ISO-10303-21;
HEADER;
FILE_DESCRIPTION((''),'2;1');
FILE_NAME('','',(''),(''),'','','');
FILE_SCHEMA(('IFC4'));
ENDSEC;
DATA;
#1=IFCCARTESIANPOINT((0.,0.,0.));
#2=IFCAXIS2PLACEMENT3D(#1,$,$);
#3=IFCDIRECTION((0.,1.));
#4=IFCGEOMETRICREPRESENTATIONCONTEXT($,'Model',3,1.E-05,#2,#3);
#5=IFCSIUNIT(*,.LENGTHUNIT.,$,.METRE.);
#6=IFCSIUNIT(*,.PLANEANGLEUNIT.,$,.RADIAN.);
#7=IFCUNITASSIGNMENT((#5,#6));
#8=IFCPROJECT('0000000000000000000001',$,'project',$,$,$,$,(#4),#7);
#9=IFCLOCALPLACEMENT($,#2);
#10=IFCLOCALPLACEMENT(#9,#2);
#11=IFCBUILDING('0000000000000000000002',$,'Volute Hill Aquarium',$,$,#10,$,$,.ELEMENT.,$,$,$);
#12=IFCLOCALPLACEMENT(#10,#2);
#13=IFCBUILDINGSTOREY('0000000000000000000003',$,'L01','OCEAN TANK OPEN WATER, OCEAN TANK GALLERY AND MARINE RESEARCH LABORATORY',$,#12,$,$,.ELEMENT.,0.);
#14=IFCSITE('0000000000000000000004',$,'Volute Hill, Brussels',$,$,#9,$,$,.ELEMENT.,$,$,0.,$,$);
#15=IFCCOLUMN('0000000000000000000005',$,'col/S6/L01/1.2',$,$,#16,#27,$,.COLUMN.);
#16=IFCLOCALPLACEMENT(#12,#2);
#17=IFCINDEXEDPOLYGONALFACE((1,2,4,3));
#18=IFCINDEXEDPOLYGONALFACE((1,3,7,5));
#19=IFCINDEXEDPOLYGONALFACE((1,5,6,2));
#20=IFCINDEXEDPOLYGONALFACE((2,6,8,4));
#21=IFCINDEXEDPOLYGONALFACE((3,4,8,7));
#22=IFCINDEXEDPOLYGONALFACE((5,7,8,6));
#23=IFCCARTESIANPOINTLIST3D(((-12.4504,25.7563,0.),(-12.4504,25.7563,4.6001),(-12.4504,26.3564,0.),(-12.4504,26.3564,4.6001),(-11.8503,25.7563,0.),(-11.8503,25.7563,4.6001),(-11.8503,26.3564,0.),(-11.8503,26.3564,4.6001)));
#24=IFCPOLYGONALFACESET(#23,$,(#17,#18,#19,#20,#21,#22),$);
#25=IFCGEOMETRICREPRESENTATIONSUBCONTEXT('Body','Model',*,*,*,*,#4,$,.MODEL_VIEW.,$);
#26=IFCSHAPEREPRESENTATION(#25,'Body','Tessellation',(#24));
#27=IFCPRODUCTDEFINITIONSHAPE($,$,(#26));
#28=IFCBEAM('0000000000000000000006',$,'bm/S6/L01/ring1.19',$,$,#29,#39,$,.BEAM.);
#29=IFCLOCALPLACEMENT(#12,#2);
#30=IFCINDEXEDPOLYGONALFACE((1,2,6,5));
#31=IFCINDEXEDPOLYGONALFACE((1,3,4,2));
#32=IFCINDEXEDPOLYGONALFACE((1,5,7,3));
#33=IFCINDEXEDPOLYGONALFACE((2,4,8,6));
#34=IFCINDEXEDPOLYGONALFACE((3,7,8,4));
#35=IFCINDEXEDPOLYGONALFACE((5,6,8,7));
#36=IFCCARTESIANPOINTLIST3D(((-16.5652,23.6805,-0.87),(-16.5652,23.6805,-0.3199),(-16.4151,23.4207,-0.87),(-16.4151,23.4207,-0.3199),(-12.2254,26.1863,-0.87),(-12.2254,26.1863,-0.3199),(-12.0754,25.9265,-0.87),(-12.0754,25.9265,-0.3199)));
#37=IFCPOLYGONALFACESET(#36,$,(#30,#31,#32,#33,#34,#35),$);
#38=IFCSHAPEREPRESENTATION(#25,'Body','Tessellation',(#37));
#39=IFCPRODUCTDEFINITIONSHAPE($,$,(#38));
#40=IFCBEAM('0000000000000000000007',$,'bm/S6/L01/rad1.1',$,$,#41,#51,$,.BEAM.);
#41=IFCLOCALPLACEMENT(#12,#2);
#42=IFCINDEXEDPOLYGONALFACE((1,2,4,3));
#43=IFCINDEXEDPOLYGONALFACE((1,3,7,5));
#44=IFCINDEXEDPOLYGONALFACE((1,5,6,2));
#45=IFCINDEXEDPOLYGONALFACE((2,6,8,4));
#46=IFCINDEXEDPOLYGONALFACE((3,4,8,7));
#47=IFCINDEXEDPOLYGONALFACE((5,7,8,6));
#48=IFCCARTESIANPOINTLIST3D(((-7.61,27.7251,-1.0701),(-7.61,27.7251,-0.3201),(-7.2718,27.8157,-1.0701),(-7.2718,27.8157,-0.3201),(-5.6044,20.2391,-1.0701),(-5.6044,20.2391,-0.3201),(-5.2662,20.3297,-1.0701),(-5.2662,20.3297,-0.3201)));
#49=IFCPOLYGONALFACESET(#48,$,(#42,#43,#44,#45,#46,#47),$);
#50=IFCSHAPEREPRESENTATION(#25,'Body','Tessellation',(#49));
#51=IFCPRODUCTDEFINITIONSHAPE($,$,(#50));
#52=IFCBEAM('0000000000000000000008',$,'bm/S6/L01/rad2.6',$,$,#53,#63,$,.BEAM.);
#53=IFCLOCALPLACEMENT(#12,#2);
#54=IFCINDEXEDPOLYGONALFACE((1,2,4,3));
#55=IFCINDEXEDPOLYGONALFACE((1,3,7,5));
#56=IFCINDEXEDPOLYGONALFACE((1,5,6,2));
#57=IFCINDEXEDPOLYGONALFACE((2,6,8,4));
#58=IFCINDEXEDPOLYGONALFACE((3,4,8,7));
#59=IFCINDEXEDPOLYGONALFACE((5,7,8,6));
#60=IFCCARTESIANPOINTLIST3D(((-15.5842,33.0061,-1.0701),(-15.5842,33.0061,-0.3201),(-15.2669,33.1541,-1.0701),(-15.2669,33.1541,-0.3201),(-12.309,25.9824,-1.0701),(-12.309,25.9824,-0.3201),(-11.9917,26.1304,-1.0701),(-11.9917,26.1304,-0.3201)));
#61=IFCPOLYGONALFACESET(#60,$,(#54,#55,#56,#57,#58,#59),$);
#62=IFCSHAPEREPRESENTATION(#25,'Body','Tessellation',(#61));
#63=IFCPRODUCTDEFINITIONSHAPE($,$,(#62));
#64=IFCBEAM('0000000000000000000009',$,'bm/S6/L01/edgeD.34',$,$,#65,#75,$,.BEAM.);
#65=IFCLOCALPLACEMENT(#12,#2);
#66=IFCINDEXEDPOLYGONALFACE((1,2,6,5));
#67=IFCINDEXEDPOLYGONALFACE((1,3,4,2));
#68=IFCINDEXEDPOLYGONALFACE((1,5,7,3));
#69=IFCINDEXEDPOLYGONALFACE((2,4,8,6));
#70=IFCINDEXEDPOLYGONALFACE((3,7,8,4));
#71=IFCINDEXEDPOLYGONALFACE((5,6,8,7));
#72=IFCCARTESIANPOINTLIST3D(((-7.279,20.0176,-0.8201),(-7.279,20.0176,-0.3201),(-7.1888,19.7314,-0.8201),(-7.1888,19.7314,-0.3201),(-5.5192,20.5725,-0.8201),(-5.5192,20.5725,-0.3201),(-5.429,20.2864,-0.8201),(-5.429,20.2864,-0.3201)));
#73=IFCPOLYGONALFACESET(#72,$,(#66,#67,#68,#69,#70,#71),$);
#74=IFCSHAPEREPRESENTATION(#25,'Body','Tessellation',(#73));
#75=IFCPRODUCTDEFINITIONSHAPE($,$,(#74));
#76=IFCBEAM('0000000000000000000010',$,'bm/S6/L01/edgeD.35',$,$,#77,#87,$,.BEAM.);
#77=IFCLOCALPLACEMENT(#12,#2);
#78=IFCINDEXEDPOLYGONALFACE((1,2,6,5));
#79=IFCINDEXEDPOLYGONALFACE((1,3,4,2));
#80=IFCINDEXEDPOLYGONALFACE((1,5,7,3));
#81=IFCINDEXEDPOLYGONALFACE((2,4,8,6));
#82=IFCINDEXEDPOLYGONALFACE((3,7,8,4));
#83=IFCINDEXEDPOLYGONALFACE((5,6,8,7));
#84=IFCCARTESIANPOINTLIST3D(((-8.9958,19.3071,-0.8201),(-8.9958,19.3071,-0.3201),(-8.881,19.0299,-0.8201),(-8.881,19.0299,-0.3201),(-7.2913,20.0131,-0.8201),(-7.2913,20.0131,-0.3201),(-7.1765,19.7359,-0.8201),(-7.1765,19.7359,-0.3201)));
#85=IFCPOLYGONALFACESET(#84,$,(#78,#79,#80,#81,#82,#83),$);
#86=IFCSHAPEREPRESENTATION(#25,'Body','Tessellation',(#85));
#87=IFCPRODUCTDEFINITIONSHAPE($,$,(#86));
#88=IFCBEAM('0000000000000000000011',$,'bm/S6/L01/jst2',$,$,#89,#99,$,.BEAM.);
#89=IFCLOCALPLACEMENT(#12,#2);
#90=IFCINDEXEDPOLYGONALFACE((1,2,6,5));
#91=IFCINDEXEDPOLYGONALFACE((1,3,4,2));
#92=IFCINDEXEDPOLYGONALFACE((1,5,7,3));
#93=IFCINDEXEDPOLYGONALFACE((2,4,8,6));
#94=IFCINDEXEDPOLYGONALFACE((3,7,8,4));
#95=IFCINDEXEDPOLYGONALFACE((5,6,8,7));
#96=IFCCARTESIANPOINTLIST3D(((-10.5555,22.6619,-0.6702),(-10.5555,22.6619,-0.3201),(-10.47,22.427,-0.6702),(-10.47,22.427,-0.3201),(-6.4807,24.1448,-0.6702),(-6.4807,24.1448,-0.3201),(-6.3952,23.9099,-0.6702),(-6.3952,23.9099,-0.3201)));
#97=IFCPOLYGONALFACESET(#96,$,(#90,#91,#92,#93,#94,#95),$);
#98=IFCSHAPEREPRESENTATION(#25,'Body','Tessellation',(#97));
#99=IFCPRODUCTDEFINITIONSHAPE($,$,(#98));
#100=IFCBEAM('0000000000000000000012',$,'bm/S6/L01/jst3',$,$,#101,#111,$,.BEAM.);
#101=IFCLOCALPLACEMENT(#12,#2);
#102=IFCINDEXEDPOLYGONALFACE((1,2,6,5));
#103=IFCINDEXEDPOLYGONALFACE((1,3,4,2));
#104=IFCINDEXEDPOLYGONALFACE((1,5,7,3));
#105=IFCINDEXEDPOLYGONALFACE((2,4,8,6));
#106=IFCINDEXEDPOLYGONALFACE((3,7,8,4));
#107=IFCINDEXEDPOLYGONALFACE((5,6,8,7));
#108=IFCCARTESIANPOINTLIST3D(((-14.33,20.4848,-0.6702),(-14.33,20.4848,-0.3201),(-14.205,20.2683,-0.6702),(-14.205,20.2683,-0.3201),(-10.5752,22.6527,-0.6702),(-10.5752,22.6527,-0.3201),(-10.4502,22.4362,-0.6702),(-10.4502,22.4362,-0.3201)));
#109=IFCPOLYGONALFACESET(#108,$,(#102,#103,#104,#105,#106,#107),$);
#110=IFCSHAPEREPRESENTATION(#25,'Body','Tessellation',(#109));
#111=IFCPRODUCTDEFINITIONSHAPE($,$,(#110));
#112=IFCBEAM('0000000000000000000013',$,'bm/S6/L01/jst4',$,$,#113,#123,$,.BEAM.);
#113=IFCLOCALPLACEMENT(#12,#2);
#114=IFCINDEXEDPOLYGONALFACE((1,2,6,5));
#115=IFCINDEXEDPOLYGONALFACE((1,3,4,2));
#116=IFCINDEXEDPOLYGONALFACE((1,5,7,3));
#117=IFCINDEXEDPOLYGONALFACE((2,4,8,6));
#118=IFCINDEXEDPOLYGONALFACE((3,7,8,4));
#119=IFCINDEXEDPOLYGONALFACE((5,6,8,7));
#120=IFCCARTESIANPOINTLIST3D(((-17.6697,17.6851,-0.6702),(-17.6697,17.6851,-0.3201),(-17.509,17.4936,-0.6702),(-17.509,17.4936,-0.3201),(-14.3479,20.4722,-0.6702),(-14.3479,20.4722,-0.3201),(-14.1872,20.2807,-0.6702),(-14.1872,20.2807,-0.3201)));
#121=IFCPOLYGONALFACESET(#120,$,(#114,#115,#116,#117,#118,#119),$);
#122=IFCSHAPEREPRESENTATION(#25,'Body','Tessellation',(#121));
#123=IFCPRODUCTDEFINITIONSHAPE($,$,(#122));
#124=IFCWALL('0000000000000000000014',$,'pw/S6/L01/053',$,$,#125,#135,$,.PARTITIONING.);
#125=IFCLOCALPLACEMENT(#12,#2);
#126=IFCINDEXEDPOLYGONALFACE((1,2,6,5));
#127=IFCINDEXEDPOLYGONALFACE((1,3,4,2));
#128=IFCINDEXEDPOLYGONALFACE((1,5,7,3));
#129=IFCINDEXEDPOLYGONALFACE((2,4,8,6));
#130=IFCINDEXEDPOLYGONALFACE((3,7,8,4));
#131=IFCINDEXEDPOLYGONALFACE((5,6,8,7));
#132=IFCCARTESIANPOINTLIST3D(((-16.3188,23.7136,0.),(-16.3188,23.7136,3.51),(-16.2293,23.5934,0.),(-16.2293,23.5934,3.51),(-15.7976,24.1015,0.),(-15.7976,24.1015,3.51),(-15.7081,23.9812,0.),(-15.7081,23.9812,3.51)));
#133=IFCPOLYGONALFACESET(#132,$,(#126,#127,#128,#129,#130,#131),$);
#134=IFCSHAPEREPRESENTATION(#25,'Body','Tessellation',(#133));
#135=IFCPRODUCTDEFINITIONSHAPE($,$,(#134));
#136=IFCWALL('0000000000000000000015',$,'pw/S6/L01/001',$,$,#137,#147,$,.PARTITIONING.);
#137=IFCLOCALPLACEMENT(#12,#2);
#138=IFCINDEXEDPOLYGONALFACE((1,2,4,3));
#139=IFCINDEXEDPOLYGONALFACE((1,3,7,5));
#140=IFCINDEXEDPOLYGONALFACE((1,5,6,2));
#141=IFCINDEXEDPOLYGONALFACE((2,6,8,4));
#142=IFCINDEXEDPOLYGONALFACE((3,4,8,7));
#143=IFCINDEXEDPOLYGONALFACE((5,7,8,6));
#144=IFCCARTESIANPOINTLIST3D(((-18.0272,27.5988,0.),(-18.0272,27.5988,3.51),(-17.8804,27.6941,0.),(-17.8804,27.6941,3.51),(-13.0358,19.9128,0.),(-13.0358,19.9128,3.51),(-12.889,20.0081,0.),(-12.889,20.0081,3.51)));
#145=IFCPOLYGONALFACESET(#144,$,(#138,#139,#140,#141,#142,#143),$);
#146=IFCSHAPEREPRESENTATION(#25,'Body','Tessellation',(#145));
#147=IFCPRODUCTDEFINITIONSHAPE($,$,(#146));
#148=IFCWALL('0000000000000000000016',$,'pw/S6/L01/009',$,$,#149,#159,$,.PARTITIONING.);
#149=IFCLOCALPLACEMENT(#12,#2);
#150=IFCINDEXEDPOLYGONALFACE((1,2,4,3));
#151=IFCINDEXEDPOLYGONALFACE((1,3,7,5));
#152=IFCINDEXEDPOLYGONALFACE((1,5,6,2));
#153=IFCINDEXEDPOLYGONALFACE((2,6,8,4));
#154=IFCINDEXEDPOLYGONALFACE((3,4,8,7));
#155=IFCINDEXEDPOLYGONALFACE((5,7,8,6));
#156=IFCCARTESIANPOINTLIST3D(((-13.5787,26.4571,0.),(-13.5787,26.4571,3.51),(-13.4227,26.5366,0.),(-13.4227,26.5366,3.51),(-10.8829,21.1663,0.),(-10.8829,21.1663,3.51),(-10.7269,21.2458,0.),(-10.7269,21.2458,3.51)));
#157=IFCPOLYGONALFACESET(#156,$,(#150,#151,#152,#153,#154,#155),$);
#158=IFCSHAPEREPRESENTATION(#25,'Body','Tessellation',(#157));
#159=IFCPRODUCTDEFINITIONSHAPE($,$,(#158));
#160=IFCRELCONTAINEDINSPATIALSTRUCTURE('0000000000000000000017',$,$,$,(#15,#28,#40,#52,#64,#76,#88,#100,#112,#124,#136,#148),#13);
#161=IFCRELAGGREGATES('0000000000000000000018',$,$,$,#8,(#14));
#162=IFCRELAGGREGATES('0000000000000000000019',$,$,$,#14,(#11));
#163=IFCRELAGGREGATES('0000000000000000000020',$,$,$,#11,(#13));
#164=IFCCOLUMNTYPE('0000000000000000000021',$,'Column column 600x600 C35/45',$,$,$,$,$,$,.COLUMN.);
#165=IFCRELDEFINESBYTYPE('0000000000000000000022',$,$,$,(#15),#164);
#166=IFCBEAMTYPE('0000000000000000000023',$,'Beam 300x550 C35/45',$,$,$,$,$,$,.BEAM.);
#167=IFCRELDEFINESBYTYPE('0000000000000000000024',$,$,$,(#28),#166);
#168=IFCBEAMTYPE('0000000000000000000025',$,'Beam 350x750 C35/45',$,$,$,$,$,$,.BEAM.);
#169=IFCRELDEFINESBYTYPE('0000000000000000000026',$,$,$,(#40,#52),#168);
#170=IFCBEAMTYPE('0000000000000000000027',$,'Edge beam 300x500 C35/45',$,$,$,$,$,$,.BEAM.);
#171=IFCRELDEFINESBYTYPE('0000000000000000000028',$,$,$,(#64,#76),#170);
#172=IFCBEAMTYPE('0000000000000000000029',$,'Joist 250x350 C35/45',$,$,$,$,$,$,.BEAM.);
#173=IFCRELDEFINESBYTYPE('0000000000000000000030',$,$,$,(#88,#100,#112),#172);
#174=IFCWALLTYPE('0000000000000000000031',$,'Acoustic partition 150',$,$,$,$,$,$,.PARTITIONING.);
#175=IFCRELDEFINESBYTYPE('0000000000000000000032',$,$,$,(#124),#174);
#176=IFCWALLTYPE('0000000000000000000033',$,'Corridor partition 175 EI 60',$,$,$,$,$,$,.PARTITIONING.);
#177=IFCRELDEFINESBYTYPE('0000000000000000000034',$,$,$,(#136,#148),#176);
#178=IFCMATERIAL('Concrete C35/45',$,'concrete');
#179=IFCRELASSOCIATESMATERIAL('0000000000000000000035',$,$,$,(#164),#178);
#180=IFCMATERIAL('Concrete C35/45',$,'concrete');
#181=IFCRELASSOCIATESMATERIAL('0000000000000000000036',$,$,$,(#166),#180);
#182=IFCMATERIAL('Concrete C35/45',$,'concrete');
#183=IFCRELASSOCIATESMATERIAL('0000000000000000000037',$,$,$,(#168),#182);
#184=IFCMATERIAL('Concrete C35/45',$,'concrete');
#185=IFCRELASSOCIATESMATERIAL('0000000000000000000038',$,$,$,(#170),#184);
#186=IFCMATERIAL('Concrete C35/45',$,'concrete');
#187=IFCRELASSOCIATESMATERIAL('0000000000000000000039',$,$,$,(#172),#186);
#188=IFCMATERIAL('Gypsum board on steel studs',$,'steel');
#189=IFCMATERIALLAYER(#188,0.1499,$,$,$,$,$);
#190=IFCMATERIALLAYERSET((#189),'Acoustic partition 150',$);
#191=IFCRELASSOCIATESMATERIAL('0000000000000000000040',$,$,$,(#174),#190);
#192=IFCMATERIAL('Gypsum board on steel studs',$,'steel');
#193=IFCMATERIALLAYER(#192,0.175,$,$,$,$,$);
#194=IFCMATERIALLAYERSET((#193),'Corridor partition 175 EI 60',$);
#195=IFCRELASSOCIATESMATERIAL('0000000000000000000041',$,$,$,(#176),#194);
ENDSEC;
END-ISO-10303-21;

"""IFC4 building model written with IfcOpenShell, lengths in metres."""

from ifc_helpers import new_model, si_unit, direction, frame, frame_2d, origin, origin_2d, place, context, subcontext, project, spatial, rectangle, extrude, material, layer, layer_set, material_profile, profile_set, type_object, element, save


model = new_model("IFC4")

# Units and contexts
model_context = context("Model", 3, precision=1e-05, world=origin(), true_north=direction((0.0, 1.0)))
body_context = subcontext(model_context, "Body", "Model", "MODEL_VIEW")
ifc_project = project(units=[si_unit("LENGTHUNIT", "METRE"), si_unit("PLANEANGLEUNIT", "RADIAN")], contexts=[model_context])

# Site, building, storey
site_placement = place(None, origin())
site = spatial("IfcSite", under=ifc_project, at=site_placement, Name="Volute Hill, Brussels", CompositionType="ELEMENT", RefElevation=0.0)
building_placement = place(site_placement, origin())
building = spatial("IfcBuilding", under=site, at=building_placement, Name="Volute Hill Aquarium", CompositionType="ELEMENT")
storey_placement = place(building_placement, origin())
storey = spatial("IfcBuildingStorey", under=building, at=storey_placement, Name="L01", Description="OCEAN TANK OPEN WATER, OCEAN TANK GALLERY AND MARINE RESEARCH LABORATORY", CompositionType="ELEMENT", Elevation=0.0)

# Column
ifc_material_1 = material(Name="Concrete C35/45", Category="concrete")
ifc_material_profile_1 = material_profile(ifc_material_1, rectangle(XDim=0.6001, YDim=0.6001, at=origin_2d()), Name="RC column 600x600")
ifc_profile_set_1 = profile_set([ifc_material_profile_1], Name="Concrete C35/45")
column_type = type_object("IfcColumnType", Name="Column column 600x600 C35/45", PredefinedType="COLUMN", material=ifc_profile_set_1)
column_placement = place(storey_placement, frame((-12.1504, 26.0564, 0.0), z_axis=(0.0, 0.0, 1.0), x_axis=(1.0, 0.0, 0.0)))
element("IfcColumn", 1, at=column_placement, inside=storey, type_object=column_type, Name="col/S6/L01/1.2", PredefinedType="COLUMN", context=body_context, shape_type="SweptSolid", body=[
    extrude(rectangle(XDim=0.6001, YDim=0.6001, at=origin_2d()), origin(), (0.0, 0.0, 1.0), 4.6001),
])

# Beams
ifc_material_2 = material(Name="Concrete C35/45", Category="concrete")
ifc_material_profile_2 = material_profile(ifc_material_2, rectangle(XDim=0.3, YDim=0.55, at=origin_2d()), Name="RC beam 300x550")
ifc_profile_set_2 = profile_set([ifc_material_profile_2], Name="Concrete C35/45")
beam_type_1 = type_object("IfcBeamType", Name="Beam 300x550 C35/45", PredefinedType="BEAM", material=ifc_profile_set_2)
beam_1_placement = place(storey_placement, frame((-12.1504, 26.0564, -0.595), z_axis=(-0.866004, -0.500037, 0.0), x_axis=(0.500037, -0.866004, 0.0)))
element("IfcBeam", 2, at=beam_1_placement, inside=storey, type_object=beam_type_1, Name="bm/S6/L01/ring1.19", PredefinedType="BEAM", context=body_context, shape_type="SweptSolid", body=[
    extrude(rectangle(XDim=0.3, YDim=0.55, at=origin_2d()), origin(), (0.0, 0.0, 1.0), 5.0112),
])
ifc_material_3 = material(Name="Concrete C35/45", Category="concrete")
ifc_material_profile_3 = material_profile(ifc_material_3, rectangle(XDim=0.3501, YDim=0.75, at=origin_2d()), Name="RC beam 350x750")
ifc_profile_set_3 = profile_set([ifc_material_profile_3], Name="Concrete C35/45")
beam_type_2 = type_object("IfcBeamType", Name="Beam 350x750 C35/45", PredefinedType="BEAM", material=ifc_profile_set_3)
beam_2_placement = place(storey_placement, frame((-5.4353, 20.2844, -0.6951), z_axis=(-0.258786, 0.965935, 0.0), x_axis=(-0.965935, -0.258786, 0.0)))
element("IfcBeam", 3, at=beam_2_placement, inside=storey, type_object=beam_type_2, Name="bm/S6/L01/rad1.1", PredefinedType="BEAM", context=body_context, shape_type="SweptSolid", body=[
    extrude(rectangle(XDim=0.3501, YDim=0.75, at=origin_2d()), origin(), (0.0, 0.0, 1.0), 7.75),
])
beam_3_placement = place(storey_placement, frame((-12.1504, 26.0564, -0.6951), z_axis=(-0.422613, 0.90631, 0.0), x_axis=(-0.90631, -0.422613, 0.0)))
element("IfcBeam", 4, at=beam_3_placement, inside=storey, type_object=beam_type_2, Name="bm/S6/L01/rad2.6", PredefinedType="BEAM", context=body_context, shape_type="SweptSolid", body=[
    extrude(rectangle(XDim=0.3501, YDim=0.75, at=origin_2d()), origin(), (0.0, 0.0, 1.0), 7.7498),
])
ifc_material_4 = material(Name="Concrete C35/45", Category="concrete")
ifc_material_profile_4 = material_profile(ifc_material_4, rectangle(XDim=0.3, YDim=0.5, at=origin_2d()), Name="RC edge beam 300x500")
ifc_profile_set_4 = profile_set([ifc_material_profile_4], Name="Concrete C35/45")
beam_type_3 = type_object("IfcBeamType", Name="Edge beam 300x500 C35/45", PredefinedType="BEAM", material=ifc_profile_set_4)
beam_4_placement = place(storey_placement, frame((-5.4741, 20.4294, -0.5701), z_axis=(-0.953705, -0.300745, 0.0), x_axis=(0.300745, -0.953705, 0.0)))
element("IfcBeam", 5, at=beam_4_placement, inside=storey, type_object=beam_type_3, Name="bm/S6/L01/edgeD.34", PredefinedType="BEAM", context=body_context, shape_type="SweptSolid", body=[
    extrude(rectangle(XDim=0.3, YDim=0.5, at=origin_2d()), origin(), (0.0, 0.0, 1.0), 1.8452),
])
beam_5_placement = place(storey_placement, frame((-7.2339, 19.8745, -0.5701), z_axis=(-0.923881, -0.382679, 0.0), x_axis=(0.382679, -0.923881, 0.0)))
element("IfcBeam", 6, at=beam_5_placement, inside=storey, type_object=beam_type_3, Name="bm/S6/L01/edgeD.35", PredefinedType="BEAM", context=body_context, shape_type="SweptSolid", body=[
    extrude(rectangle(XDim=0.3, YDim=0.5, at=origin_2d()), origin(), (0.0, 0.0, 1.0), 1.845),
])
ifc_material_5 = material(Name="Concrete C35/45", Category="concrete")
ifc_material_profile_5 = material_profile(ifc_material_5, rectangle(XDim=0.25, YDim=0.3501, at=origin_2d()), Name="RC joist 250x350")
ifc_profile_set_5 = profile_set([ifc_material_profile_5], Name="Concrete C35/45")
beam_type_4 = type_object("IfcBeamType", Name="Joist 250x350 C35/45", PredefinedType="BEAM", material=ifc_profile_set_5)
beam_6_placement = place(storey_placement, frame((-6.438, 24.0273, -0.4951), z_axis=(-0.939705, -0.341987, 0.0), x_axis=(0.341987, -0.939705, 0.0)))
element("IfcBeam", 7, at=beam_6_placement, inside=storey, type_object=beam_type_4, Name="bm/S6/L01/jst2", PredefinedType="BEAM", context=body_context, shape_type="SweptSolid", body=[
    extrude(rectangle(XDim=0.25, YDim=0.3501, at=origin_2d()), origin(), (0.0, 0.0, 1.0), 4.3362),
])
beam_7_placement = place(storey_placement, frame((-10.5127, 22.5444, -0.4951), z_axis=(-0.866017, -0.500015, 0.0), x_axis=(0.500015, -0.866017, 0.0)))
element("IfcBeam", 8, at=beam_7_placement, inside=storey, type_object=beam_type_4, Name="bm/S6/L01/jst3", PredefinedType="BEAM", context=body_context, shape_type="SweptSolid", body=[
    extrude(rectangle(XDim=0.25, YDim=0.3501, at=origin_2d()), origin(), (0.0, 0.0, 1.0), 4.3357),
])
beam_8_placement = place(storey_placement, frame((-14.2676, 20.3765, -0.4951), z_axis=(-0.766066, -0.642762, 0.0), x_axis=(0.642762, -0.766066, 0.0)))
element("IfcBeam", 9, at=beam_8_placement, inside=storey, type_object=beam_type_4, Name="bm/S6/L01/jst4", PredefinedType="BEAM", context=body_context, shape_type="SweptSolid", body=[
    extrude(rectangle(XDim=0.25, YDim=0.3501, at=origin_2d()), origin(), (0.0, 0.0, 1.0), 4.3362),
])

# Walls
ifc_material_6 = material(Name="Gypsum board on steel studs", Category="steel")
ifc_layer_1 = layer(ifc_material_6, 0.1499)
ifc_layer_set_1 = layer_set([ifc_layer_1], Name="Acoustic partition 150")
wall_type_1 = type_object("IfcWallType", Name="Acoustic partition 150", PredefinedType="PARTITIONING", material=ifc_layer_set_1)
wall_1_placement = place(storey_placement, frame((-16.2739, 23.6536, 0.0), z_axis=(0.0, 0.0, 1.0), x_axis=(0.802204, 0.59705, 0.0)))
element("IfcWall", 10, at=wall_1_placement, inside=storey, type_object=wall_type_1, Name="pw/S6/L01/053", PredefinedType="PARTITIONING", context=body_context, shape_type="SweptSolid", body=[
    extrude(rectangle(XDim=0.6497, YDim=0.1499, at=frame_2d((0.3247, 0.0))), origin(), (0.0, 0.0, 1.0), 3.51),
])
ifc_material_7 = material(Name="Gypsum board on steel studs", Category="steel")
ifc_layer_2 = layer(ifc_material_7, 0.175)
ifc_layer_set_2 = layer_set([ifc_layer_2], Name="Corridor partition 175 EI 60")
wall_type_2 = type_object("IfcWallType", Name="Corridor partition 175 EI 60", PredefinedType="PARTITIONING", material=ifc_layer_set_2)
wall_2_placement = place(storey_placement, frame((-12.9624, 19.9604, 0.0), z_axis=(0.0, 0.0, 1.0), x_axis=(-0.544646, 0.838666, 0.0)))
element("IfcWall", 11, at=wall_2_placement, inside=storey, type_object=wall_type_2, Name="pw/S6/L01/001", PredefinedType="PARTITIONING", context=body_context, shape_type="SweptSolid", body=[
    extrude(rectangle(XDim=9.1646, YDim=0.175, at=frame_2d((4.5823, 0.0))), origin(), (0.0, 0.0, 1.0), 3.51),
])
wall_3_placement = place(storey_placement, frame((-13.5007, 26.4968, 0.0), z_axis=(0.0, 0.0, 1.0), x_axis=(0.453993, -0.891005, 0.0)))
element("IfcWall", 12, at=wall_3_placement, inside=storey, type_object=wall_type_2, Name="pw/S6/L01/009", PredefinedType="PARTITIONING", context=body_context, shape_type="SweptSolid", body=[
    extrude(rectangle(XDim=5.938, YDim=0.175, at=frame_2d((2.969, 0.0))), origin(), (0.0, 0.0, 1.0), 3.51),
])

save(model, "model.ifc")
